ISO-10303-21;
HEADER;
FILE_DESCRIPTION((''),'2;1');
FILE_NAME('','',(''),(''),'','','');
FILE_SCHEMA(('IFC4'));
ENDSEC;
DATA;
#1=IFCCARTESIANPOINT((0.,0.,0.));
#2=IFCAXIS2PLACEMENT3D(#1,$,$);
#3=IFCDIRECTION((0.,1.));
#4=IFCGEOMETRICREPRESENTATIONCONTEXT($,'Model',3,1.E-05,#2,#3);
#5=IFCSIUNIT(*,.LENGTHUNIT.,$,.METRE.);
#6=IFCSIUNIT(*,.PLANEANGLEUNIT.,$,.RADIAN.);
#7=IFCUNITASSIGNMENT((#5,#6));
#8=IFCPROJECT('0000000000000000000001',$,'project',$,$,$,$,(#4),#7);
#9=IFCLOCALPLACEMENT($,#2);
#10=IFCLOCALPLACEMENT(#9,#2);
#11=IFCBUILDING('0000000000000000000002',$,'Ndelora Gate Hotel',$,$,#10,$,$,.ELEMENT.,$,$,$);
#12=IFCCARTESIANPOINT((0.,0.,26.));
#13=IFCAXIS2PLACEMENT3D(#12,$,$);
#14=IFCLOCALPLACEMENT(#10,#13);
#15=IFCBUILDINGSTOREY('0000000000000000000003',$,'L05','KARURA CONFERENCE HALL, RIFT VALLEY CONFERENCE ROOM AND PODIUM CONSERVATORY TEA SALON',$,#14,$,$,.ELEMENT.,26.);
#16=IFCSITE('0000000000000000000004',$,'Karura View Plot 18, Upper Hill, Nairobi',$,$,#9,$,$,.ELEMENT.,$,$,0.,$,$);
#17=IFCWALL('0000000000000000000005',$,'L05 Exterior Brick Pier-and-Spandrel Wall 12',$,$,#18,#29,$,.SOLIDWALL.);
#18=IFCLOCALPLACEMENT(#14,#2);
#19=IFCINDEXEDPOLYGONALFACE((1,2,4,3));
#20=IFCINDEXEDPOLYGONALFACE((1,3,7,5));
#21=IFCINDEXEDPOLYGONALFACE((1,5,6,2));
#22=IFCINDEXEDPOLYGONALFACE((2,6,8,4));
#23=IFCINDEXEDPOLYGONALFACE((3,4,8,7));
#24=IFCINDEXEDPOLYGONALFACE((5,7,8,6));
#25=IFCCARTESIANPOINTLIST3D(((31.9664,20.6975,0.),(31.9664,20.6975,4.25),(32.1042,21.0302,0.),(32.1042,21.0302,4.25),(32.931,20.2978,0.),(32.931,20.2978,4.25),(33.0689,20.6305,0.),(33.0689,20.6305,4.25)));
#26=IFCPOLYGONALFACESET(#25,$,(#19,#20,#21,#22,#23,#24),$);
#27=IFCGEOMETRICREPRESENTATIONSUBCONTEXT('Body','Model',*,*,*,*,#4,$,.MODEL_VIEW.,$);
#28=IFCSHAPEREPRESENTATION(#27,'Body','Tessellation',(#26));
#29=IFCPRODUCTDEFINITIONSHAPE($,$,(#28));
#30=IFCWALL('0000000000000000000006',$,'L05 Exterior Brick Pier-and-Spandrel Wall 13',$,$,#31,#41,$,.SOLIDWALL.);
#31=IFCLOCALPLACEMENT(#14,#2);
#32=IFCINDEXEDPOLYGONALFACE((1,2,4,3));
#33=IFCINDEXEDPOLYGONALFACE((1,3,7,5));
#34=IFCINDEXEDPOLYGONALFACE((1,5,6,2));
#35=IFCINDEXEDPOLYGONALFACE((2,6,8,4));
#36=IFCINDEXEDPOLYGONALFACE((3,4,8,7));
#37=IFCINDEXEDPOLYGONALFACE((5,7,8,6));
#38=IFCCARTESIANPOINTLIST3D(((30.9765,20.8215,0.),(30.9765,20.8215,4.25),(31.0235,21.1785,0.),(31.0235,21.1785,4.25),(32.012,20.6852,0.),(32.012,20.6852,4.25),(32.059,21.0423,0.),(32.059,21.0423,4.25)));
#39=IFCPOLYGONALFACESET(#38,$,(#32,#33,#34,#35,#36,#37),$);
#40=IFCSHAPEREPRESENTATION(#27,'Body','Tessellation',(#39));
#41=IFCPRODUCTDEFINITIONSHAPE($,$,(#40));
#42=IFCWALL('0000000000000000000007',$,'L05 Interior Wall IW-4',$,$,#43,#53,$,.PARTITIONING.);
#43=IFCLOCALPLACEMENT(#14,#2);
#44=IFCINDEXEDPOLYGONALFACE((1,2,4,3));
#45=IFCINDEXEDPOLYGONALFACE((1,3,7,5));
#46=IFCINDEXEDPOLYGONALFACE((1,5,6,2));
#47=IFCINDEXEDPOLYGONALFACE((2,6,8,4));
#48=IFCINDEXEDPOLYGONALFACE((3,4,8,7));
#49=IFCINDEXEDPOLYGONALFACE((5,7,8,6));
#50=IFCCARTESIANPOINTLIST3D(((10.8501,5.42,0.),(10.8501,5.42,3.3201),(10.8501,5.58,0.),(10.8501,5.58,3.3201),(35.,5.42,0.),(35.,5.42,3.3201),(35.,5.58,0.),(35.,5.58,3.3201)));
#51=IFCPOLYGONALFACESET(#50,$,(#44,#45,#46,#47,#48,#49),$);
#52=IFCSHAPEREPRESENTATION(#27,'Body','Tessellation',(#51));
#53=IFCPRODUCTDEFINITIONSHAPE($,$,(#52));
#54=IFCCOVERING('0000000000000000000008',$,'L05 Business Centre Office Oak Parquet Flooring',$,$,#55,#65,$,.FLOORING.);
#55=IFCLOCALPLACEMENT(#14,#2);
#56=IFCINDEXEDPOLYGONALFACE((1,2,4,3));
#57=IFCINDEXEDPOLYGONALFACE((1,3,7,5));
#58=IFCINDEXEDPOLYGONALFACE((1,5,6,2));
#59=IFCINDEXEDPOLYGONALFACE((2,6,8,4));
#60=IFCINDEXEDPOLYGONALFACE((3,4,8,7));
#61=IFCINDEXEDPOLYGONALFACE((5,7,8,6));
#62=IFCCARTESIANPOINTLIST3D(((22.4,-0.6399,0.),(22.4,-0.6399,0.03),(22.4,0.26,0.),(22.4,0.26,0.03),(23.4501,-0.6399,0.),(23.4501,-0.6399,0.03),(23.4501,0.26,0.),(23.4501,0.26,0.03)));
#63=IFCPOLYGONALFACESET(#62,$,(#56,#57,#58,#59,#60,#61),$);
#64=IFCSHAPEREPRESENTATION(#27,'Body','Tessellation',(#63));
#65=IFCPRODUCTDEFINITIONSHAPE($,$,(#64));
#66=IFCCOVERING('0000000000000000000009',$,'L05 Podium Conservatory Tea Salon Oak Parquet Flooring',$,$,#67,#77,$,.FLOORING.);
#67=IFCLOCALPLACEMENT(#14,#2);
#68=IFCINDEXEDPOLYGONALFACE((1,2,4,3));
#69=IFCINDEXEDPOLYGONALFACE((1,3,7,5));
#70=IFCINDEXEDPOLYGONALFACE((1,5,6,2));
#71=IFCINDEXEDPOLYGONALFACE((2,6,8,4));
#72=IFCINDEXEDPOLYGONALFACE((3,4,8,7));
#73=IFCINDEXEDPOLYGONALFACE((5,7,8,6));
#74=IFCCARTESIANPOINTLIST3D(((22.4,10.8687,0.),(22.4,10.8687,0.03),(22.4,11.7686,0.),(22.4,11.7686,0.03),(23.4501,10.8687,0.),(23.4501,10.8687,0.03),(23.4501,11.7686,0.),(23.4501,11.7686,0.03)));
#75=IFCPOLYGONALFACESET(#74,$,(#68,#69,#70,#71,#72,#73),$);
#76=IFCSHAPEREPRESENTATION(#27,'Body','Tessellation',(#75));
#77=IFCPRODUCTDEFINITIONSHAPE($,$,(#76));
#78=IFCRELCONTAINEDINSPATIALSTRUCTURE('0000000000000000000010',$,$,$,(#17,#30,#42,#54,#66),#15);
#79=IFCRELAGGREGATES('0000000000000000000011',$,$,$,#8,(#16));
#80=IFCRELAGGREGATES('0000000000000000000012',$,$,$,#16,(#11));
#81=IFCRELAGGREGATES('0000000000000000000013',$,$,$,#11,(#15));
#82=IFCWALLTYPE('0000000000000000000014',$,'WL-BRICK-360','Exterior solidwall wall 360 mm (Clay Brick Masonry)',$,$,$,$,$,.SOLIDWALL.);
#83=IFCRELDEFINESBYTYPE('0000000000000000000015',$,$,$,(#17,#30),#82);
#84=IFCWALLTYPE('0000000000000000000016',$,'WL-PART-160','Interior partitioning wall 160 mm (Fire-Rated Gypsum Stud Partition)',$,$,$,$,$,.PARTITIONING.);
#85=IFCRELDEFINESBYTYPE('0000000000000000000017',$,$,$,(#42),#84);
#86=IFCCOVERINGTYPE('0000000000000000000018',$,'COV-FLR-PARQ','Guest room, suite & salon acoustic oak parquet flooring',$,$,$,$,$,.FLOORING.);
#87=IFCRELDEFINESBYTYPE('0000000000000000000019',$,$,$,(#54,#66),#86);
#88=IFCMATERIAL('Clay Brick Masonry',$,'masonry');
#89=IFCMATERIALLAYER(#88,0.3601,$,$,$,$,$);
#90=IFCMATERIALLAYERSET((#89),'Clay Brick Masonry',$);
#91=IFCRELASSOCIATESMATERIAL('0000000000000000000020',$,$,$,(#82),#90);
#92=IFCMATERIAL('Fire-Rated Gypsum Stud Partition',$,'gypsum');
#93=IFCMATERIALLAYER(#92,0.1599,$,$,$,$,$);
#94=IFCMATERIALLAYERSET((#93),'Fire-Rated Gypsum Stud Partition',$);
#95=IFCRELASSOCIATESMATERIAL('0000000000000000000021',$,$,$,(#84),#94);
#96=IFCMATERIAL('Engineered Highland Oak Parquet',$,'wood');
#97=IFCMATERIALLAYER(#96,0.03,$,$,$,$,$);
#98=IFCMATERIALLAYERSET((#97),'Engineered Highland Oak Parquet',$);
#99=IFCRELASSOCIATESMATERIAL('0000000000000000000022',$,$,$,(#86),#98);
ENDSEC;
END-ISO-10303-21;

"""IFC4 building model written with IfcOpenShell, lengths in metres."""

from ifc_helpers import new_model, si_unit, direction, frame, frame_2d, origin, origin_2d, place, context, subcontext, project, spatial, rectangle, extrude, material, layer, layer_set, type_object, element, save


model = new_model("IFC4")

# Units and contexts
model_context = context("Model", 3, precision=1e-05, world=origin(), true_north=direction((0.0, 1.0)))
body_context = subcontext(model_context, "Body", "Model", "MODEL_VIEW")
ifc_project = project(units=[si_unit("LENGTHUNIT", "METRE"), si_unit("PLANEANGLEUNIT", "RADIAN")], contexts=[model_context])

# Site, building, storey
site_placement = place(None, origin())
site = spatial("IfcSite", under=ifc_project, at=site_placement, Name="Karura View Plot 18, Upper Hill, Nairobi", CompositionType="ELEMENT", RefElevation=0.0)
building_placement = place(site_placement, origin())
building = spatial("IfcBuilding", under=site, at=building_placement, Name="Ndelora Gate Hotel", CompositionType="ELEMENT")
storey_placement = place(building_placement, frame((0.0, 0.0, 26.0)))
storey = spatial("IfcBuildingStorey", under=building, at=storey_placement, Name="L05", Description="KARURA CONFERENCE HALL, RIFT VALLEY CONFERENCE ROOM AND PODIUM CONSERVATORY TEA SALON", CompositionType="ELEMENT", Elevation=26.0)

# Shared definitions
ifc_material_1 = material(Name="Clay Brick Masonry", Category="masonry")
ifc_layer_1 = layer(ifc_material_1, 0.3601)
ifc_layer_set_1 = layer_set([ifc_layer_1], Name="Clay Brick Masonry")
wall_type_1 = type_object("IfcWallType", Name="WL-BRICK-360", Description="Exterior solidwall wall 360 mm (Clay Brick Masonry)", PredefinedType="SOLIDWALL", material=ifc_layer_set_1)

# Walls
for number, where, z_axis, x_axis, name in (
    (1, (32.0354, 20.8638, 0.0), (0.0, 0.0, 1.0), (0.923843, -0.382772, 0.0), "L05 Exterior Brick Pier-and-Spandrel Wall 12"),
):
    element("IfcWall", number, at=place(storey_placement, frame(where, z_axis=z_axis, x_axis=x_axis)), inside=storey, type_object=wall_type_1, Name=name, PredefinedType="SOLIDWALL", context=body_context, shape_type="SweptSolid", body=[
        extrude(rectangle(XDim=1.0442, YDim=0.3601, at=frame_2d((0.522, 0.0))), origin(), (0.0, 0.0, 1.0), 4.25),
    ])
wall_1_placement = place(storey_placement, frame((31.0, 21.0, 0.0), z_axis=(0.0, 0.0, 1.0), x_axis=(0.991455, -0.130448, 0.0)))
element("IfcWall", 2, at=wall_1_placement, inside=storey, type_object=wall_type_1, Name="L05 Exterior Brick Pier-and-Spandrel Wall 13", PredefinedType="SOLIDWALL", context=body_context, shape_type="SweptSolid", body=[
    extrude(rectangle(XDim=1.0444, YDim=0.3601, at=frame_2d((0.5222, 0.0))), origin(), (0.0, 0.0, 1.0), 4.25),
])
ifc_material_2 = material(Name="Fire-Rated Gypsum Stud Partition", Category="gypsum")
ifc_layer_2 = layer(ifc_material_2, 0.1599)
ifc_layer_set_2 = layer_set([ifc_layer_2], Name="Fire-Rated Gypsum Stud Partition")
wall_type_2 = type_object("IfcWallType", Name="WL-PART-160", Description="Interior partitioning wall 160 mm (Fire-Rated Gypsum Stud Partition)", PredefinedType="PARTITIONING", material=ifc_layer_set_2)
wall_2_placement = place(storey_placement, frame((35.0, 5.5, 0.0), z_axis=(0.0, 0.0, 1.0), x_axis=(-1.0, 0.0, 0.0)))
element("IfcWall", 3, at=wall_2_placement, inside=storey, type_object=wall_type_2, Name="L05 Interior Wall IW-4", PredefinedType="PARTITIONING", context=body_context, shape_type="SweptSolid", body=[
    extrude(rectangle(XDim=24.1499, YDim=0.1599, at=frame_2d((12.075, 0.0))), origin(), (0.0, 0.0, 1.0), 3.3201),
])

# Coverings
ifc_material_3 = material(Name="Engineered Highland Oak Parquet", Category="wood")
ifc_layer_3 = layer(ifc_material_3, 0.03)
ifc_layer_set_3 = layer_set([ifc_layer_3], Name="Engineered Highland Oak Parquet")
covering_type = type_object("IfcCoveringType", Name="COV-FLR-PARQ", Description="Guest room, suite & salon acoustic oak parquet flooring", PredefinedType="FLOORING", material=ifc_layer_set_3)
for number, where, z_axis, x_axis, name in (
    (4, (22.925, -0.1899, 0.0), (0.0, 0.0, 1.0), (1.0, 0.0, 0.0), "L05 Business Centre Office Oak Parquet Flooring"),
    (5, (22.925, 11.3186, 0.0), (0.0, 0.0, 1.0), (1.0, 0.0, 0.0), "L05 Podium Conservatory Tea Salon Oak Parquet Flooring"),
):
    element("IfcCovering", number, at=place(storey_placement, frame(where, z_axis=z_axis, x_axis=x_axis)), inside=storey, type_object=covering_type, Name=name, PredefinedType="FLOORING", context=body_context, shape_type="SweptSolid", body=[
        extrude(rectangle(XDim=1.05, YDim=0.8999, at=origin_2d()), origin(), (0.0, 0.0, 1.0), 0.03),
    ])

save(model, "model.ifc")
